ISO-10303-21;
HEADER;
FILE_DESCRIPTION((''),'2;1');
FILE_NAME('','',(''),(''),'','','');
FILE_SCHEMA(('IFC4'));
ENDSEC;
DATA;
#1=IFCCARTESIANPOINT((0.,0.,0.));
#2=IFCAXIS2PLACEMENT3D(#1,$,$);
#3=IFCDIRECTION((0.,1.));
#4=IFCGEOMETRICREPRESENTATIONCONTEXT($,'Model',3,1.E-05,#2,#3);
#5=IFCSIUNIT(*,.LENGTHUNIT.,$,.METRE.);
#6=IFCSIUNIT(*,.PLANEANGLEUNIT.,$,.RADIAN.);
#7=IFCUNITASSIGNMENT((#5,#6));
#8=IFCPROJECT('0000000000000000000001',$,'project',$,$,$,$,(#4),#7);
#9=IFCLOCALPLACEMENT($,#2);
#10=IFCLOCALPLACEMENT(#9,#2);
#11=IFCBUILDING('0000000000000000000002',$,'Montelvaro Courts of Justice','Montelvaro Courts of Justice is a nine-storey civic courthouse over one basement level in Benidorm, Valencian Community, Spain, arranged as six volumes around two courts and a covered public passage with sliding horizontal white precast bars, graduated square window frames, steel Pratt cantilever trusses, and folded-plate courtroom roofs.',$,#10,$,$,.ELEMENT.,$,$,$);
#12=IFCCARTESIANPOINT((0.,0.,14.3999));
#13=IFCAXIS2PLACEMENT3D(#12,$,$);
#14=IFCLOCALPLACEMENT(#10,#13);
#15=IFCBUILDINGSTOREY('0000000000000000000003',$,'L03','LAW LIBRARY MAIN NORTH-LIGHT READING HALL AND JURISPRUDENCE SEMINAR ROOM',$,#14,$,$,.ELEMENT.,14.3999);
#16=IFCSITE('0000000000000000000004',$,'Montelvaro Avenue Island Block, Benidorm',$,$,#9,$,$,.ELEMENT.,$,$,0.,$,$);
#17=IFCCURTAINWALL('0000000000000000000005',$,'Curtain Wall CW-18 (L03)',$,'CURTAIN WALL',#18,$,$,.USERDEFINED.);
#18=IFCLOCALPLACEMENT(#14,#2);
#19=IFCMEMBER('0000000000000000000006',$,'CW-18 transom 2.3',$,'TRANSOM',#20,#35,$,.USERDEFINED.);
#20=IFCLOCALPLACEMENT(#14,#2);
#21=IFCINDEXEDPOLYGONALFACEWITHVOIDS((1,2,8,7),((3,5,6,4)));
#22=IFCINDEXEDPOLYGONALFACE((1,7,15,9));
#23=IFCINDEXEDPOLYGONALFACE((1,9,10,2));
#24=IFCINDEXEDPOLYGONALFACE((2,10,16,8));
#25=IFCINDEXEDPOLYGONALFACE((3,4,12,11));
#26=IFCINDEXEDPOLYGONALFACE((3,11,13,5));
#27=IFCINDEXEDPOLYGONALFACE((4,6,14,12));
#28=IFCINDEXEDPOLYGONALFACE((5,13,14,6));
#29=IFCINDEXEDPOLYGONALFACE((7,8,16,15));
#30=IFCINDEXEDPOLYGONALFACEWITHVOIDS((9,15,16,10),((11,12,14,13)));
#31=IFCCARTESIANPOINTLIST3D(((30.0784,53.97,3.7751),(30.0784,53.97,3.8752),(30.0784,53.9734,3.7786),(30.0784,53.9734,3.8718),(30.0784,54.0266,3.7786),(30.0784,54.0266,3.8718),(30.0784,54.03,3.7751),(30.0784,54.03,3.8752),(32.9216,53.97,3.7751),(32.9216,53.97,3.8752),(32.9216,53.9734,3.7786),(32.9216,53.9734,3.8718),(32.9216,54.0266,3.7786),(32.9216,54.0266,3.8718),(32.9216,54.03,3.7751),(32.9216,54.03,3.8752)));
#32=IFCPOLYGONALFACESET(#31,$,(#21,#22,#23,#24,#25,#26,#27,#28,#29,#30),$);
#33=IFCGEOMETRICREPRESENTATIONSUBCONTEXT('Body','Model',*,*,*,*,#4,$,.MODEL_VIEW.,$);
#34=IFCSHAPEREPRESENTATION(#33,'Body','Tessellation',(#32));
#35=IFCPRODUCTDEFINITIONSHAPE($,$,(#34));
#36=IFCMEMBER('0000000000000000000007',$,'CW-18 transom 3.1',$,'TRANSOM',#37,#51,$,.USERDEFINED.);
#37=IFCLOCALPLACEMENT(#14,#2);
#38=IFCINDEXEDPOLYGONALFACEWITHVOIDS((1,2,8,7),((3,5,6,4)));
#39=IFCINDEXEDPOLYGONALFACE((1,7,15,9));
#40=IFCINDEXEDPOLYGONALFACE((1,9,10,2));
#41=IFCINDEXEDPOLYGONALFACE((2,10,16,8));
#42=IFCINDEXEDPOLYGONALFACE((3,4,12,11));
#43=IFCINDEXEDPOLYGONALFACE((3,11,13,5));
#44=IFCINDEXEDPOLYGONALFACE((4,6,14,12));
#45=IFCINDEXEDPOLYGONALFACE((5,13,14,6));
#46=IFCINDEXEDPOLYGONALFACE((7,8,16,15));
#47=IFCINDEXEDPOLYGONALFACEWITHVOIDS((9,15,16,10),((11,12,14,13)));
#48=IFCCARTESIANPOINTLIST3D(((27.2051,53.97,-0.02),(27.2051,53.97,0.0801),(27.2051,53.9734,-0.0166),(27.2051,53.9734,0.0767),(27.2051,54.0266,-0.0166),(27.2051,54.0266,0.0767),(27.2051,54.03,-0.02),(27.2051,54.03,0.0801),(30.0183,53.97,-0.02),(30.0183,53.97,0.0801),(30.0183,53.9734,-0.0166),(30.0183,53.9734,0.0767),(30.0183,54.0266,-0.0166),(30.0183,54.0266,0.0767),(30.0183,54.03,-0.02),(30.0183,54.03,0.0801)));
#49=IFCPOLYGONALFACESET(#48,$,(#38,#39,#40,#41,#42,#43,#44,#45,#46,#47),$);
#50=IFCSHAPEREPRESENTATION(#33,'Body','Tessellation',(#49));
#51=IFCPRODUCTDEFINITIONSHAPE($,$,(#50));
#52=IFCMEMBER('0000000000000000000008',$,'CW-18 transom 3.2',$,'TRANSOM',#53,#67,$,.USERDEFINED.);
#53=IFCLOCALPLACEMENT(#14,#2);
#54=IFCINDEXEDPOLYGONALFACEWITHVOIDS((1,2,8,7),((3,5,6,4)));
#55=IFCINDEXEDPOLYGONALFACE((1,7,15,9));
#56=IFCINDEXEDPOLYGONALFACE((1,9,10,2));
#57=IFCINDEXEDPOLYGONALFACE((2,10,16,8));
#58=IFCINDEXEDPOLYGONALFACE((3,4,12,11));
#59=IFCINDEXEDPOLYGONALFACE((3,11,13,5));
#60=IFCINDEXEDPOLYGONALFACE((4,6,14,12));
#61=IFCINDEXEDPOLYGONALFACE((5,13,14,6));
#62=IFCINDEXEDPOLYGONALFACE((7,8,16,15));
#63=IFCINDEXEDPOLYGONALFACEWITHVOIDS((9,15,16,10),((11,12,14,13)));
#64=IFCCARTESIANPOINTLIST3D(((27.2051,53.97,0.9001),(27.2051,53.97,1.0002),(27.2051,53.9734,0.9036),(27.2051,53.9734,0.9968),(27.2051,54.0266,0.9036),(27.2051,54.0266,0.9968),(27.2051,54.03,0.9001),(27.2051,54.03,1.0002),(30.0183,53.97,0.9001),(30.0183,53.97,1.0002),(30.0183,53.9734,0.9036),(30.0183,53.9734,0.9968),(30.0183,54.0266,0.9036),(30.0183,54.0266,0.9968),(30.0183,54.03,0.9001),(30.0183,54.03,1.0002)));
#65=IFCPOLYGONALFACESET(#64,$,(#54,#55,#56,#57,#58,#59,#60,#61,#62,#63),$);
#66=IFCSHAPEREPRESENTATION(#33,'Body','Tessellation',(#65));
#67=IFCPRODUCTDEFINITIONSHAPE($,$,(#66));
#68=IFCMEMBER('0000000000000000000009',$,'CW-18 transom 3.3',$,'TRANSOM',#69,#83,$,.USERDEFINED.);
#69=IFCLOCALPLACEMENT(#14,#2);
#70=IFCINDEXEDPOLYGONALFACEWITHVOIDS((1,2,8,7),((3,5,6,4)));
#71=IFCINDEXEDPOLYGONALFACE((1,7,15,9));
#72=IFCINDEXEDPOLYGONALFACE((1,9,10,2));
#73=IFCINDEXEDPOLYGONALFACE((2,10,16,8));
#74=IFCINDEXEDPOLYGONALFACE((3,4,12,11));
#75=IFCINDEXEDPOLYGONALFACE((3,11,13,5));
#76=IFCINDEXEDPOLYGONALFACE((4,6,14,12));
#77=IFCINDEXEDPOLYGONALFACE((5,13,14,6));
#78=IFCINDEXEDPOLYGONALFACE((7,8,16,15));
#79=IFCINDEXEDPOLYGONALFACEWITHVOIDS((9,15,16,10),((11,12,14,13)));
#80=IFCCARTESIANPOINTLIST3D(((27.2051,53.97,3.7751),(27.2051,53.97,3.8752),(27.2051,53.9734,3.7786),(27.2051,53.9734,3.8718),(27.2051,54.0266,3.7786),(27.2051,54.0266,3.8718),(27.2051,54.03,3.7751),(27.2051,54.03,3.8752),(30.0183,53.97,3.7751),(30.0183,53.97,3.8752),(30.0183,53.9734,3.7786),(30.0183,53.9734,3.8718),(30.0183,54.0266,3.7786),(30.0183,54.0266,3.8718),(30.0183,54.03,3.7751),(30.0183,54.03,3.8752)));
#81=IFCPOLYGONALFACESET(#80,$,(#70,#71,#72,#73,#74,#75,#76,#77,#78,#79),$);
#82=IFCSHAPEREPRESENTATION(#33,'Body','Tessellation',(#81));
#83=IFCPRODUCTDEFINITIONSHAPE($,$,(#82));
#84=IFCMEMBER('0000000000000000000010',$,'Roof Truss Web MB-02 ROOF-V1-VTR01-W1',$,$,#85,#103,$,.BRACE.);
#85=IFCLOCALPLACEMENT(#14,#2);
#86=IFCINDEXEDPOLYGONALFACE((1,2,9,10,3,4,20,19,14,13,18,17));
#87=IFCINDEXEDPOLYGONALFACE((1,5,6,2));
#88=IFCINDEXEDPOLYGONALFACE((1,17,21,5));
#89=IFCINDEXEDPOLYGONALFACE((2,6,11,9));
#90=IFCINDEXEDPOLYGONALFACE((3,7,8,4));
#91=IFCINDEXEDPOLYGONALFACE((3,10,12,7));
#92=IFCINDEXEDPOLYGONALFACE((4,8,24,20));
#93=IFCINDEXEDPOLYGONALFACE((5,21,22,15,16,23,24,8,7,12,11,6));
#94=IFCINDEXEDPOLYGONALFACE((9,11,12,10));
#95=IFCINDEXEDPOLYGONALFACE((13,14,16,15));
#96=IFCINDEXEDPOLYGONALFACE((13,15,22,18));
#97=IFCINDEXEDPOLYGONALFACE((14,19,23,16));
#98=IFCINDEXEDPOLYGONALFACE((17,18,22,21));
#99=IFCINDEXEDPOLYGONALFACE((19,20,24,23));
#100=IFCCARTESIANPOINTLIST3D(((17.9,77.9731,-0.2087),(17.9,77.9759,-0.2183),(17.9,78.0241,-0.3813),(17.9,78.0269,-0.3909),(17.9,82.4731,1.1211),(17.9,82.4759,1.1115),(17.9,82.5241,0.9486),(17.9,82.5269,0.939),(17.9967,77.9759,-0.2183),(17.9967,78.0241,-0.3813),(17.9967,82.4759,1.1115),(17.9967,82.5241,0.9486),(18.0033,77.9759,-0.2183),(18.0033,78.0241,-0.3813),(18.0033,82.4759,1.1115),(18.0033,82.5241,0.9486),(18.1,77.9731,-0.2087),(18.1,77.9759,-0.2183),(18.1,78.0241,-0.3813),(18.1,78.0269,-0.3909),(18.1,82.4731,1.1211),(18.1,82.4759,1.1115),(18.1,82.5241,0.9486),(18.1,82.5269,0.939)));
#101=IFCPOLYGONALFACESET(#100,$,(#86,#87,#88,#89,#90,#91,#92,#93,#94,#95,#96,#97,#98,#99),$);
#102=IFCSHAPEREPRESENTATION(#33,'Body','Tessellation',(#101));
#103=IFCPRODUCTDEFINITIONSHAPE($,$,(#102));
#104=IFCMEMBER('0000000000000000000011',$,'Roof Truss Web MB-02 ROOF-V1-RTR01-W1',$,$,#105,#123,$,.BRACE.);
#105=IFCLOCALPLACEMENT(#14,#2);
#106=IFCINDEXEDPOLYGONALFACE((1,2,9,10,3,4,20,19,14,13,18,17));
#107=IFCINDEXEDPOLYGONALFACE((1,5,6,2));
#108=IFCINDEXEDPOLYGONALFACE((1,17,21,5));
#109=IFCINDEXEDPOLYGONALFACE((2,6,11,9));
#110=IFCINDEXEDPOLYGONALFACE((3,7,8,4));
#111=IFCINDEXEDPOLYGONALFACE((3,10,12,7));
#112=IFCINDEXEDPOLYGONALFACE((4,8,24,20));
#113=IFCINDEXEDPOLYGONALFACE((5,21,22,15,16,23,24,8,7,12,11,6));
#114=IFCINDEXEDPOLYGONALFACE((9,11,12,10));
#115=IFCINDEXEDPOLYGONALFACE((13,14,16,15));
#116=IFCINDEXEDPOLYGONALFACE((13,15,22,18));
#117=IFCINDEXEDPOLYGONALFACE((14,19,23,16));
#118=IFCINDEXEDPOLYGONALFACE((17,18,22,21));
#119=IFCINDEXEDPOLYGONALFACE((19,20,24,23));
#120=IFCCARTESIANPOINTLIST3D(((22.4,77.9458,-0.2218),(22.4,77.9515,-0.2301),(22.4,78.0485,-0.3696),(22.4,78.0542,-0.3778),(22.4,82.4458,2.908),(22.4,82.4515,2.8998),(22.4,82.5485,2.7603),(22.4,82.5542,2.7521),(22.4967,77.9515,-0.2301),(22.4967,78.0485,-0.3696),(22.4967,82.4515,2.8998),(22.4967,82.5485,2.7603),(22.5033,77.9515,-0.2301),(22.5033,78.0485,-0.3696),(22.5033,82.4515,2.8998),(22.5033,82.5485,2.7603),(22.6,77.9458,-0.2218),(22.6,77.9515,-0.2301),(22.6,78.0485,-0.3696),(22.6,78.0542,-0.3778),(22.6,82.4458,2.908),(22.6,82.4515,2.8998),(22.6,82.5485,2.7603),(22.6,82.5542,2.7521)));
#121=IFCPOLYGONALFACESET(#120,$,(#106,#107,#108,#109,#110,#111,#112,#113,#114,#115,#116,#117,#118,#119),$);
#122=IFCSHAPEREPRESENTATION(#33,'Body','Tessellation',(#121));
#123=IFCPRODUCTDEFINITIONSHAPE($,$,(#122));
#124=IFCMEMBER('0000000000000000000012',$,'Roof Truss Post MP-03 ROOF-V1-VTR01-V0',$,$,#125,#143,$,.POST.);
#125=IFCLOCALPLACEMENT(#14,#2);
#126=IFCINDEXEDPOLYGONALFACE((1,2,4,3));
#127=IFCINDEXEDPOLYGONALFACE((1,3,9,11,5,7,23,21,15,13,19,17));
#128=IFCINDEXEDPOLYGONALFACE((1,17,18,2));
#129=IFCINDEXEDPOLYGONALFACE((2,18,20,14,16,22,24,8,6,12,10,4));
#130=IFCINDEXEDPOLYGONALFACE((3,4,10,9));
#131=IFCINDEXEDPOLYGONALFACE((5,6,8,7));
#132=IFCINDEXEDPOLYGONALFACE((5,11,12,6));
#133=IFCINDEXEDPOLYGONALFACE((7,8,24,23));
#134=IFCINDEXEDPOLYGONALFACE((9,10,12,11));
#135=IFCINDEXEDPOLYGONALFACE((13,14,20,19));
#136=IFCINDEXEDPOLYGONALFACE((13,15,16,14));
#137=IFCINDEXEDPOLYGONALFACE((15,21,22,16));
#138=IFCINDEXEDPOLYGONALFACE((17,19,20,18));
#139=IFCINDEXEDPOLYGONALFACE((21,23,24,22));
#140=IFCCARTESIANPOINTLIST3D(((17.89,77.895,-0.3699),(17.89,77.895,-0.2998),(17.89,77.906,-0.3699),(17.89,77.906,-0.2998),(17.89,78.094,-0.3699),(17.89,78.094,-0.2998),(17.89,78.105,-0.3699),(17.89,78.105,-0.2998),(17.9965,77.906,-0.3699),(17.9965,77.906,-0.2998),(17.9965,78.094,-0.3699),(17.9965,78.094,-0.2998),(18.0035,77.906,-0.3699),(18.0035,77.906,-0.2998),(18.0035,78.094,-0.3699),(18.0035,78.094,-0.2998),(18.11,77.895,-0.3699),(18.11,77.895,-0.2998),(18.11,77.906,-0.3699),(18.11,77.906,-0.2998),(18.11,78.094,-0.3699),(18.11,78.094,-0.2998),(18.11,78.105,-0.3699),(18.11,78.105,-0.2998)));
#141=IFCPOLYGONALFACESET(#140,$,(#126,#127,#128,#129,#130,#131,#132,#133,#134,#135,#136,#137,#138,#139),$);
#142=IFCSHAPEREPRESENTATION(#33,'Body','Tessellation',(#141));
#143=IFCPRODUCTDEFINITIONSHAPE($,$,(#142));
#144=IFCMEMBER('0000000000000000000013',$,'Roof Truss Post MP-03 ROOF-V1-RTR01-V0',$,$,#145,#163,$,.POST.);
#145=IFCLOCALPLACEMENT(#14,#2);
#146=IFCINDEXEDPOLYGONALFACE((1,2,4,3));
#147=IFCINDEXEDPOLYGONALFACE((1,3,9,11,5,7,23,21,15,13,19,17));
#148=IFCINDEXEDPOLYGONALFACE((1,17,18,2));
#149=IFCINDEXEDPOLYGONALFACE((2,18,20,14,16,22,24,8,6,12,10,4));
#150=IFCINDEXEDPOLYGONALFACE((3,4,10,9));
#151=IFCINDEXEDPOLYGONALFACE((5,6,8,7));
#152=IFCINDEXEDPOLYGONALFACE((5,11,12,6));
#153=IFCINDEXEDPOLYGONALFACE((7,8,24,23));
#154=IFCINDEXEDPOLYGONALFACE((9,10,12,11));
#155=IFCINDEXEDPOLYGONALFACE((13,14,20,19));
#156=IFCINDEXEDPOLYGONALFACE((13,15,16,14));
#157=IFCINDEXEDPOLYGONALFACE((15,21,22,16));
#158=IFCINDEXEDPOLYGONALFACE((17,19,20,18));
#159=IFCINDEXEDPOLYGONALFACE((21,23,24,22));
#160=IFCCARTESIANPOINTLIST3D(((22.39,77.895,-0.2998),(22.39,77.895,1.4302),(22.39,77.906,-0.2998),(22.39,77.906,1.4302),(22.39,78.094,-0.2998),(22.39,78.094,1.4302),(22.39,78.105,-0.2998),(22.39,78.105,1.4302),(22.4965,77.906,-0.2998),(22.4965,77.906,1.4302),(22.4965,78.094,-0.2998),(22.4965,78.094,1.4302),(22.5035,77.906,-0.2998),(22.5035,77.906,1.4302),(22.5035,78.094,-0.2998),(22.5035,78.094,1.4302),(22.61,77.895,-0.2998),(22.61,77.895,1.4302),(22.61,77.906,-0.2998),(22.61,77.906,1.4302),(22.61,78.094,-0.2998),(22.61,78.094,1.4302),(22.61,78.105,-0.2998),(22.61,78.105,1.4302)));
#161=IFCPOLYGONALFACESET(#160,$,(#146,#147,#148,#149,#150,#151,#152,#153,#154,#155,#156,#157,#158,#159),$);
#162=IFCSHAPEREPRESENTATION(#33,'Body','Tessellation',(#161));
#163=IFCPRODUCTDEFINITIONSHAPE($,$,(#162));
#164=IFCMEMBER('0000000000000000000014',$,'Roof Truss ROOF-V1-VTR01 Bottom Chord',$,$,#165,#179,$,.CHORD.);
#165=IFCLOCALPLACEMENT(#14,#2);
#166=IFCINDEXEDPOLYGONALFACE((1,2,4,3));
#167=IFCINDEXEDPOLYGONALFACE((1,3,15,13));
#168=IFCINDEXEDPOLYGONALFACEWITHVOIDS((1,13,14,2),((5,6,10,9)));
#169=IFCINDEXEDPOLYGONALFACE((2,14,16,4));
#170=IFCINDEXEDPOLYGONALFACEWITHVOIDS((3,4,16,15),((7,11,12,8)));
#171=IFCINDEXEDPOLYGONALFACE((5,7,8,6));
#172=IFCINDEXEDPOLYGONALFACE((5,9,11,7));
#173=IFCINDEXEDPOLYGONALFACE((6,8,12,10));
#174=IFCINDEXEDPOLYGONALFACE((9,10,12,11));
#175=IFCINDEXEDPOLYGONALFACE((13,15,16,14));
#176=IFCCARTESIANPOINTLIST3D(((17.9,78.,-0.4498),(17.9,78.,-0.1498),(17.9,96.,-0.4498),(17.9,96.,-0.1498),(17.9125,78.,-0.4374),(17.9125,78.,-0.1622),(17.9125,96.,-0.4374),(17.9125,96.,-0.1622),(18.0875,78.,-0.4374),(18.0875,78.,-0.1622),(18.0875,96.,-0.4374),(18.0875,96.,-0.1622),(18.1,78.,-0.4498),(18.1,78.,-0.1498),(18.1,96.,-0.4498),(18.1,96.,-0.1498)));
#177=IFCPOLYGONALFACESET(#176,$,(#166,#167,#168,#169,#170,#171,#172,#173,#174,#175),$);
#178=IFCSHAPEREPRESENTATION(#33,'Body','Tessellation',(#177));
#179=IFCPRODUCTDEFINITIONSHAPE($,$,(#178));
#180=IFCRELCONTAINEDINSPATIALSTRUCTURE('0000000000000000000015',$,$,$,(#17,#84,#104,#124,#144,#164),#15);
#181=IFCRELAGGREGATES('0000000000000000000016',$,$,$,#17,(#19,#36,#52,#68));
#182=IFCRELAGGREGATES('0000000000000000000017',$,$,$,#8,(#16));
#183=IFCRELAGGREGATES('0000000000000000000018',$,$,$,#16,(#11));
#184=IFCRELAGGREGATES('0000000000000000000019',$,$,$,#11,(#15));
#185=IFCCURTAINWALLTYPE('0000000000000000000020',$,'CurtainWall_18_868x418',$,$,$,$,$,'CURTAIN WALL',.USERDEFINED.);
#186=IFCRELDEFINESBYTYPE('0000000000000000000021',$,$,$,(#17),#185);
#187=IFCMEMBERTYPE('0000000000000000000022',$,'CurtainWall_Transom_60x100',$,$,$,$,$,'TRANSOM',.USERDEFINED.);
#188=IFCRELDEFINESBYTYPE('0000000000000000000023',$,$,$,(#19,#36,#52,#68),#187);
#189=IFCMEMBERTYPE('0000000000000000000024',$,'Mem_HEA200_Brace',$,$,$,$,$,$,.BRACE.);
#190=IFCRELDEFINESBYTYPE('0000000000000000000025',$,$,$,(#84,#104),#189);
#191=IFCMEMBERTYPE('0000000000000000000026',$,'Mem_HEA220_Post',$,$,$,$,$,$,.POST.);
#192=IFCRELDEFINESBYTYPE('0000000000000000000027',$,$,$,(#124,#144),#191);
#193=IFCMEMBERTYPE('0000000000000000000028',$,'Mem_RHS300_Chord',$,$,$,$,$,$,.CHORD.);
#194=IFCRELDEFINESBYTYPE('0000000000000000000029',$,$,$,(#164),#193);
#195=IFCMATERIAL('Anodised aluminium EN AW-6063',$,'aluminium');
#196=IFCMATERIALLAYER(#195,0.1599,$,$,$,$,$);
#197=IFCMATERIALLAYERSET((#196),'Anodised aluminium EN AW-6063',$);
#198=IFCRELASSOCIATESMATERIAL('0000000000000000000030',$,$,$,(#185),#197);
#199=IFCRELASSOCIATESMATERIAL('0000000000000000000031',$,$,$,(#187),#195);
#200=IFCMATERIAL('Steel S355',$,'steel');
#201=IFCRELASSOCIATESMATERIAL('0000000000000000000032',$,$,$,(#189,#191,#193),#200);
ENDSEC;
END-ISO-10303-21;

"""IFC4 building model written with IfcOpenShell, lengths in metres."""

from ifc_helpers import new_model, si_unit, direction, frame, origin, origin_2d, place, context, subcontext, project, spatial, hollow_rectangle, i_section, extrude, material, layer, layer_set, material_profile, profile_set, type_object, element, aggregate, save


model = new_model("IFC4")

# Units and contexts
model_context = context("Model", 3, precision=1e-05, world=origin(), true_north=direction((0.0, 1.0)))
body_context = subcontext(model_context, "Body", "Model", "MODEL_VIEW")
ifc_project = project(units=[si_unit("LENGTHUNIT", "METRE"), si_unit("PLANEANGLEUNIT", "RADIAN")], contexts=[model_context])

# Site, building, storey
site_placement = place(None, origin())
site = spatial("IfcSite", under=ifc_project, at=site_placement, Name="Montelvaro Avenue Island Block, Benidorm", CompositionType="ELEMENT", RefElevation=0.0)
building_placement = place(site_placement, origin())
building = spatial("IfcBuilding", under=site, at=building_placement, Name="Montelvaro Courts of Justice", Description="Montelvaro Courts of Justice is a nine-storey civic courthouse over one basement level in Benidorm, Valencian Community, Spain, arranged as six volumes around two courts and a covered public passage with sliding horizontal white precast bars, graduated square window frames, steel Pratt cantilever trusses, and folded-plate courtroom roofs.", CompositionType="ELEMENT")
storey_placement = place(building_placement, frame((0.0, 0.0, 14.3999)))
storey = spatial("IfcBuildingStorey", under=building, at=storey_placement, Name="L03", Description="LAW LIBRARY MAIN NORTH-LIGHT READING HALL AND JURISPRUDENCE SEMINAR ROOM", CompositionType="ELEMENT", Elevation=14.3999)

# Shared definitions
ifc_material_1 = material(Name="Steel S355", Category="steel")

# Curtain wall, members
ifc_material_2 = material(Name="Anodised aluminium EN AW-6063", Category="aluminium")
ifc_layer_1 = layer(ifc_material_2, 0.1599)
ifc_layer_set_1 = layer_set([ifc_layer_1], Name="Anodised aluminium EN AW-6063")
curtain_wall_type = type_object("IfcCurtainWallType", Name="CurtainWall_18_868x418", ElementType="CURTAIN WALL", PredefinedType="USERDEFINED", material=ifc_layer_set_1)
curtain_wall_placement = place(storey_placement, origin())
curtain_wall = element("IfcCurtainWall", 1, at=curtain_wall_placement, inside=storey, type_object=curtain_wall_type, Name="Curtain Wall CW-18 (L03)", ObjectType="CURTAIN WALL", PredefinedType="USERDEFINED")
ifc_material_profile_1 = material_profile(ifc_material_2, hollow_rectangle(XDim=0.0601, YDim=0.1001, WallThickness=0.0034, at=origin_2d()), Name="ALU-T 60x100")
ifc_profile_set_1 = profile_set([ifc_material_profile_1], Name="Anodised aluminium EN AW-6063")
member_type_1 = type_object("IfcMemberType", Name="CurtainWall_Transom_60x100", ElementType="TRANSOM", PredefinedType="USERDEFINED", material=ifc_profile_set_1)
member_1_placement = place(storey_placement, frame((32.9216, 54.0, 3.8252), z_axis=(-1.0, 0.0, 0.0), x_axis=(0.0, -1.0, 0.0)))
member_1 = element("IfcMember", 2, at=member_1_placement, type_object=member_type_1, Name="CW-18 transom 2.3", ObjectType="TRANSOM", PredefinedType="USERDEFINED", context=body_context, shape_type="SweptSolid", body=[
    extrude(hollow_rectangle(XDim=0.0601, YDim=0.1001, WallThickness=0.0034, at=origin_2d()), origin(), (0.0, 0.0, 1.0), 2.8433),
])
member_2_placement = place(storey_placement, frame((30.0183, 54.0, 0.03), z_axis=(-1.0, 0.0, 0.0), x_axis=(0.0, -1.0, 0.0)))
member_2 = element("IfcMember", 3, at=member_2_placement, type_object=member_type_1, Name="CW-18 transom 3.1", ObjectType="TRANSOM", PredefinedType="USERDEFINED", context=body_context, shape_type="SweptSolid", body=[
    extrude(hollow_rectangle(XDim=0.0601, YDim=0.1001, WallThickness=0.0034, at=origin_2d()), origin(), (0.0, 0.0, 1.0), 2.8132),
])
member_3_placement = place(storey_placement, frame((30.0183, 54.0, 0.9502), z_axis=(-1.0, 0.0, 0.0), x_axis=(0.0, -1.0, 0.0)))
member_3 = element("IfcMember", 4, at=member_3_placement, type_object=member_type_1, Name="CW-18 transom 3.2", ObjectType="TRANSOM", PredefinedType="USERDEFINED", context=body_context, shape_type="SweptSolid", body=[
    extrude(hollow_rectangle(XDim=0.0601, YDim=0.1001, WallThickness=0.0034, at=origin_2d()), origin(), (0.0, 0.0, 1.0), 2.8132),
])
member_4_placement = place(storey_placement, frame((30.0183, 54.0, 3.8252), z_axis=(-1.0, 0.0, 0.0), x_axis=(0.0, -1.0, 0.0)))
member_4 = element("IfcMember", 5, at=member_4_placement, type_object=member_type_1, Name="CW-18 transom 3.3", ObjectType="TRANSOM", PredefinedType="USERDEFINED", context=body_context, shape_type="SweptSolid", body=[
    extrude(hollow_rectangle(XDim=0.0601, YDim=0.1001, WallThickness=0.0034, at=origin_2d()), origin(), (0.0, 0.0, 1.0), 2.8132),
])

# Members
ifc_material_profile_2 = material_profile(ifc_material_1, i_section(OverallWidth=0.2, OverallDepth=0.1899, WebThickness=0.0066, FlangeThickness=0.01, at=origin_2d()), Name="HEA 200")
ifc_profile_set_2 = profile_set([ifc_material_profile_2], Name="Steel S355")
member_type_2 = type_object("IfcMemberType", Name="Mem_HEA200_Brace", PredefinedType="BRACE", material=ifc_profile_set_2)
member_5_placement = place(storey_placement, frame((18.0, 78.0, -0.2998), z_axis=(0.0, 0.959001, 0.283403), x_axis=(-1.0, 0.0, 0.0)))
element("IfcMember", 6, at=member_5_placement, inside=storey, type_object=member_type_2, Name="Roof Truss Web MB-02 ROOF-V1-VTR01-W1", PredefinedType="BRACE", context=body_context, shape_type="SweptSolid", body=[
    extrude(i_section(OverallWidth=0.2, OverallDepth=0.1899, WebThickness=0.0066, FlangeThickness=0.01, at=origin_2d()), origin(), (0.0, 0.0, 1.0), 4.6924),
])
member_6_placement = place(storey_placement, frame((22.5, 78.0, -0.2998), z_axis=(0.0, 0.820952, 0.570997), x_axis=(-1.0, 0.0, 0.0)))
element("IfcMember", 7, at=member_6_placement, inside=storey, type_object=member_type_2, Name="Roof Truss Web MB-02 ROOF-V1-RTR01-W1", PredefinedType="BRACE", context=body_context, shape_type="SweptSolid", body=[
    extrude(i_section(OverallWidth=0.2, OverallDepth=0.1899, WebThickness=0.0066, FlangeThickness=0.01, at=origin_2d()), origin(), (0.0, 0.0, 1.0), 5.4814),
])
ifc_material_profile_3 = material_profile(ifc_material_1, i_section(OverallWidth=0.22, OverallDepth=0.21, WebThickness=0.0071, FlangeThickness=0.011, at=origin_2d()), Name="HEA 220")
ifc_profile_set_3 = profile_set([ifc_material_profile_3], Name="Steel S355")
member_type_3 = type_object("IfcMemberType", Name="Mem_HEA220_Post", PredefinedType="POST", material=ifc_profile_set_3)
member_7_placement = place(storey_placement, frame((18.0, 78.0, -0.2998), z_axis=(0.0, 0.0, -1.0), x_axis=(1.0, 0.0, 0.0)))
element("IfcMember", 8, at=member_7_placement, inside=storey, type_object=member_type_3, Name="Roof Truss Post MP-03 ROOF-V1-VTR01-V0", PredefinedType="POST", context=body_context, shape_type="SweptSolid", body=[
    extrude(i_section(OverallWidth=0.22, OverallDepth=0.21, WebThickness=0.0071, FlangeThickness=0.011, at=origin_2d()), origin(), (0.0, 0.0, 1.0), 0.0701),
])
member_8_placement = place(storey_placement, frame((22.5, 78.0, -0.2998), z_axis=(0.0, 0.0, 1.0), x_axis=(1.0, 0.0, 0.0)))
element("IfcMember", 9, at=member_8_placement, inside=storey, type_object=member_type_3, Name="Roof Truss Post MP-03 ROOF-V1-RTR01-V0", PredefinedType="POST", context=body_context, shape_type="SweptSolid", body=[
    extrude(i_section(OverallWidth=0.22, OverallDepth=0.21, WebThickness=0.0071, FlangeThickness=0.011, at=origin_2d()), origin(), (0.0, 0.0, 1.0), 1.73),
])
ifc_material_profile_4 = material_profile(ifc_material_1, hollow_rectangle(XDim=0.2, YDim=0.3, WallThickness=0.0125, at=origin_2d()), Name="RHS 300x200x12.5")
ifc_profile_set_4 = profile_set([ifc_material_profile_4], Name="Steel S355")
member_type_4 = type_object("IfcMemberType", Name="Mem_RHS300_Chord", PredefinedType="CHORD", material=ifc_profile_set_4)
for number, where, z_axis, x_axis, name in (
    (10, (18.0, 78.0, -0.2998), (0.0, 1.0, 0.0), (-1.0, 0.0, 0.0), "Roof Truss ROOF-V1-VTR01 Bottom Chord"),
):
    element("IfcMember", number, at=place(storey_placement, frame(where, z_axis=z_axis, x_axis=x_axis)), inside=storey, type_object=member_type_4, Name=name, PredefinedType="CHORD", context=body_context, shape_type="SweptSolid", body=[
        extrude(hollow_rectangle(XDim=0.2, YDim=0.3, WallThickness=0.0125, at=origin_2d()), origin(), (0.0, 0.0, 1.0), 18.0),
    ])

aggregate(curtain_wall, [member_1, member_2, member_3, member_4])

save(model, "model.ifc")
